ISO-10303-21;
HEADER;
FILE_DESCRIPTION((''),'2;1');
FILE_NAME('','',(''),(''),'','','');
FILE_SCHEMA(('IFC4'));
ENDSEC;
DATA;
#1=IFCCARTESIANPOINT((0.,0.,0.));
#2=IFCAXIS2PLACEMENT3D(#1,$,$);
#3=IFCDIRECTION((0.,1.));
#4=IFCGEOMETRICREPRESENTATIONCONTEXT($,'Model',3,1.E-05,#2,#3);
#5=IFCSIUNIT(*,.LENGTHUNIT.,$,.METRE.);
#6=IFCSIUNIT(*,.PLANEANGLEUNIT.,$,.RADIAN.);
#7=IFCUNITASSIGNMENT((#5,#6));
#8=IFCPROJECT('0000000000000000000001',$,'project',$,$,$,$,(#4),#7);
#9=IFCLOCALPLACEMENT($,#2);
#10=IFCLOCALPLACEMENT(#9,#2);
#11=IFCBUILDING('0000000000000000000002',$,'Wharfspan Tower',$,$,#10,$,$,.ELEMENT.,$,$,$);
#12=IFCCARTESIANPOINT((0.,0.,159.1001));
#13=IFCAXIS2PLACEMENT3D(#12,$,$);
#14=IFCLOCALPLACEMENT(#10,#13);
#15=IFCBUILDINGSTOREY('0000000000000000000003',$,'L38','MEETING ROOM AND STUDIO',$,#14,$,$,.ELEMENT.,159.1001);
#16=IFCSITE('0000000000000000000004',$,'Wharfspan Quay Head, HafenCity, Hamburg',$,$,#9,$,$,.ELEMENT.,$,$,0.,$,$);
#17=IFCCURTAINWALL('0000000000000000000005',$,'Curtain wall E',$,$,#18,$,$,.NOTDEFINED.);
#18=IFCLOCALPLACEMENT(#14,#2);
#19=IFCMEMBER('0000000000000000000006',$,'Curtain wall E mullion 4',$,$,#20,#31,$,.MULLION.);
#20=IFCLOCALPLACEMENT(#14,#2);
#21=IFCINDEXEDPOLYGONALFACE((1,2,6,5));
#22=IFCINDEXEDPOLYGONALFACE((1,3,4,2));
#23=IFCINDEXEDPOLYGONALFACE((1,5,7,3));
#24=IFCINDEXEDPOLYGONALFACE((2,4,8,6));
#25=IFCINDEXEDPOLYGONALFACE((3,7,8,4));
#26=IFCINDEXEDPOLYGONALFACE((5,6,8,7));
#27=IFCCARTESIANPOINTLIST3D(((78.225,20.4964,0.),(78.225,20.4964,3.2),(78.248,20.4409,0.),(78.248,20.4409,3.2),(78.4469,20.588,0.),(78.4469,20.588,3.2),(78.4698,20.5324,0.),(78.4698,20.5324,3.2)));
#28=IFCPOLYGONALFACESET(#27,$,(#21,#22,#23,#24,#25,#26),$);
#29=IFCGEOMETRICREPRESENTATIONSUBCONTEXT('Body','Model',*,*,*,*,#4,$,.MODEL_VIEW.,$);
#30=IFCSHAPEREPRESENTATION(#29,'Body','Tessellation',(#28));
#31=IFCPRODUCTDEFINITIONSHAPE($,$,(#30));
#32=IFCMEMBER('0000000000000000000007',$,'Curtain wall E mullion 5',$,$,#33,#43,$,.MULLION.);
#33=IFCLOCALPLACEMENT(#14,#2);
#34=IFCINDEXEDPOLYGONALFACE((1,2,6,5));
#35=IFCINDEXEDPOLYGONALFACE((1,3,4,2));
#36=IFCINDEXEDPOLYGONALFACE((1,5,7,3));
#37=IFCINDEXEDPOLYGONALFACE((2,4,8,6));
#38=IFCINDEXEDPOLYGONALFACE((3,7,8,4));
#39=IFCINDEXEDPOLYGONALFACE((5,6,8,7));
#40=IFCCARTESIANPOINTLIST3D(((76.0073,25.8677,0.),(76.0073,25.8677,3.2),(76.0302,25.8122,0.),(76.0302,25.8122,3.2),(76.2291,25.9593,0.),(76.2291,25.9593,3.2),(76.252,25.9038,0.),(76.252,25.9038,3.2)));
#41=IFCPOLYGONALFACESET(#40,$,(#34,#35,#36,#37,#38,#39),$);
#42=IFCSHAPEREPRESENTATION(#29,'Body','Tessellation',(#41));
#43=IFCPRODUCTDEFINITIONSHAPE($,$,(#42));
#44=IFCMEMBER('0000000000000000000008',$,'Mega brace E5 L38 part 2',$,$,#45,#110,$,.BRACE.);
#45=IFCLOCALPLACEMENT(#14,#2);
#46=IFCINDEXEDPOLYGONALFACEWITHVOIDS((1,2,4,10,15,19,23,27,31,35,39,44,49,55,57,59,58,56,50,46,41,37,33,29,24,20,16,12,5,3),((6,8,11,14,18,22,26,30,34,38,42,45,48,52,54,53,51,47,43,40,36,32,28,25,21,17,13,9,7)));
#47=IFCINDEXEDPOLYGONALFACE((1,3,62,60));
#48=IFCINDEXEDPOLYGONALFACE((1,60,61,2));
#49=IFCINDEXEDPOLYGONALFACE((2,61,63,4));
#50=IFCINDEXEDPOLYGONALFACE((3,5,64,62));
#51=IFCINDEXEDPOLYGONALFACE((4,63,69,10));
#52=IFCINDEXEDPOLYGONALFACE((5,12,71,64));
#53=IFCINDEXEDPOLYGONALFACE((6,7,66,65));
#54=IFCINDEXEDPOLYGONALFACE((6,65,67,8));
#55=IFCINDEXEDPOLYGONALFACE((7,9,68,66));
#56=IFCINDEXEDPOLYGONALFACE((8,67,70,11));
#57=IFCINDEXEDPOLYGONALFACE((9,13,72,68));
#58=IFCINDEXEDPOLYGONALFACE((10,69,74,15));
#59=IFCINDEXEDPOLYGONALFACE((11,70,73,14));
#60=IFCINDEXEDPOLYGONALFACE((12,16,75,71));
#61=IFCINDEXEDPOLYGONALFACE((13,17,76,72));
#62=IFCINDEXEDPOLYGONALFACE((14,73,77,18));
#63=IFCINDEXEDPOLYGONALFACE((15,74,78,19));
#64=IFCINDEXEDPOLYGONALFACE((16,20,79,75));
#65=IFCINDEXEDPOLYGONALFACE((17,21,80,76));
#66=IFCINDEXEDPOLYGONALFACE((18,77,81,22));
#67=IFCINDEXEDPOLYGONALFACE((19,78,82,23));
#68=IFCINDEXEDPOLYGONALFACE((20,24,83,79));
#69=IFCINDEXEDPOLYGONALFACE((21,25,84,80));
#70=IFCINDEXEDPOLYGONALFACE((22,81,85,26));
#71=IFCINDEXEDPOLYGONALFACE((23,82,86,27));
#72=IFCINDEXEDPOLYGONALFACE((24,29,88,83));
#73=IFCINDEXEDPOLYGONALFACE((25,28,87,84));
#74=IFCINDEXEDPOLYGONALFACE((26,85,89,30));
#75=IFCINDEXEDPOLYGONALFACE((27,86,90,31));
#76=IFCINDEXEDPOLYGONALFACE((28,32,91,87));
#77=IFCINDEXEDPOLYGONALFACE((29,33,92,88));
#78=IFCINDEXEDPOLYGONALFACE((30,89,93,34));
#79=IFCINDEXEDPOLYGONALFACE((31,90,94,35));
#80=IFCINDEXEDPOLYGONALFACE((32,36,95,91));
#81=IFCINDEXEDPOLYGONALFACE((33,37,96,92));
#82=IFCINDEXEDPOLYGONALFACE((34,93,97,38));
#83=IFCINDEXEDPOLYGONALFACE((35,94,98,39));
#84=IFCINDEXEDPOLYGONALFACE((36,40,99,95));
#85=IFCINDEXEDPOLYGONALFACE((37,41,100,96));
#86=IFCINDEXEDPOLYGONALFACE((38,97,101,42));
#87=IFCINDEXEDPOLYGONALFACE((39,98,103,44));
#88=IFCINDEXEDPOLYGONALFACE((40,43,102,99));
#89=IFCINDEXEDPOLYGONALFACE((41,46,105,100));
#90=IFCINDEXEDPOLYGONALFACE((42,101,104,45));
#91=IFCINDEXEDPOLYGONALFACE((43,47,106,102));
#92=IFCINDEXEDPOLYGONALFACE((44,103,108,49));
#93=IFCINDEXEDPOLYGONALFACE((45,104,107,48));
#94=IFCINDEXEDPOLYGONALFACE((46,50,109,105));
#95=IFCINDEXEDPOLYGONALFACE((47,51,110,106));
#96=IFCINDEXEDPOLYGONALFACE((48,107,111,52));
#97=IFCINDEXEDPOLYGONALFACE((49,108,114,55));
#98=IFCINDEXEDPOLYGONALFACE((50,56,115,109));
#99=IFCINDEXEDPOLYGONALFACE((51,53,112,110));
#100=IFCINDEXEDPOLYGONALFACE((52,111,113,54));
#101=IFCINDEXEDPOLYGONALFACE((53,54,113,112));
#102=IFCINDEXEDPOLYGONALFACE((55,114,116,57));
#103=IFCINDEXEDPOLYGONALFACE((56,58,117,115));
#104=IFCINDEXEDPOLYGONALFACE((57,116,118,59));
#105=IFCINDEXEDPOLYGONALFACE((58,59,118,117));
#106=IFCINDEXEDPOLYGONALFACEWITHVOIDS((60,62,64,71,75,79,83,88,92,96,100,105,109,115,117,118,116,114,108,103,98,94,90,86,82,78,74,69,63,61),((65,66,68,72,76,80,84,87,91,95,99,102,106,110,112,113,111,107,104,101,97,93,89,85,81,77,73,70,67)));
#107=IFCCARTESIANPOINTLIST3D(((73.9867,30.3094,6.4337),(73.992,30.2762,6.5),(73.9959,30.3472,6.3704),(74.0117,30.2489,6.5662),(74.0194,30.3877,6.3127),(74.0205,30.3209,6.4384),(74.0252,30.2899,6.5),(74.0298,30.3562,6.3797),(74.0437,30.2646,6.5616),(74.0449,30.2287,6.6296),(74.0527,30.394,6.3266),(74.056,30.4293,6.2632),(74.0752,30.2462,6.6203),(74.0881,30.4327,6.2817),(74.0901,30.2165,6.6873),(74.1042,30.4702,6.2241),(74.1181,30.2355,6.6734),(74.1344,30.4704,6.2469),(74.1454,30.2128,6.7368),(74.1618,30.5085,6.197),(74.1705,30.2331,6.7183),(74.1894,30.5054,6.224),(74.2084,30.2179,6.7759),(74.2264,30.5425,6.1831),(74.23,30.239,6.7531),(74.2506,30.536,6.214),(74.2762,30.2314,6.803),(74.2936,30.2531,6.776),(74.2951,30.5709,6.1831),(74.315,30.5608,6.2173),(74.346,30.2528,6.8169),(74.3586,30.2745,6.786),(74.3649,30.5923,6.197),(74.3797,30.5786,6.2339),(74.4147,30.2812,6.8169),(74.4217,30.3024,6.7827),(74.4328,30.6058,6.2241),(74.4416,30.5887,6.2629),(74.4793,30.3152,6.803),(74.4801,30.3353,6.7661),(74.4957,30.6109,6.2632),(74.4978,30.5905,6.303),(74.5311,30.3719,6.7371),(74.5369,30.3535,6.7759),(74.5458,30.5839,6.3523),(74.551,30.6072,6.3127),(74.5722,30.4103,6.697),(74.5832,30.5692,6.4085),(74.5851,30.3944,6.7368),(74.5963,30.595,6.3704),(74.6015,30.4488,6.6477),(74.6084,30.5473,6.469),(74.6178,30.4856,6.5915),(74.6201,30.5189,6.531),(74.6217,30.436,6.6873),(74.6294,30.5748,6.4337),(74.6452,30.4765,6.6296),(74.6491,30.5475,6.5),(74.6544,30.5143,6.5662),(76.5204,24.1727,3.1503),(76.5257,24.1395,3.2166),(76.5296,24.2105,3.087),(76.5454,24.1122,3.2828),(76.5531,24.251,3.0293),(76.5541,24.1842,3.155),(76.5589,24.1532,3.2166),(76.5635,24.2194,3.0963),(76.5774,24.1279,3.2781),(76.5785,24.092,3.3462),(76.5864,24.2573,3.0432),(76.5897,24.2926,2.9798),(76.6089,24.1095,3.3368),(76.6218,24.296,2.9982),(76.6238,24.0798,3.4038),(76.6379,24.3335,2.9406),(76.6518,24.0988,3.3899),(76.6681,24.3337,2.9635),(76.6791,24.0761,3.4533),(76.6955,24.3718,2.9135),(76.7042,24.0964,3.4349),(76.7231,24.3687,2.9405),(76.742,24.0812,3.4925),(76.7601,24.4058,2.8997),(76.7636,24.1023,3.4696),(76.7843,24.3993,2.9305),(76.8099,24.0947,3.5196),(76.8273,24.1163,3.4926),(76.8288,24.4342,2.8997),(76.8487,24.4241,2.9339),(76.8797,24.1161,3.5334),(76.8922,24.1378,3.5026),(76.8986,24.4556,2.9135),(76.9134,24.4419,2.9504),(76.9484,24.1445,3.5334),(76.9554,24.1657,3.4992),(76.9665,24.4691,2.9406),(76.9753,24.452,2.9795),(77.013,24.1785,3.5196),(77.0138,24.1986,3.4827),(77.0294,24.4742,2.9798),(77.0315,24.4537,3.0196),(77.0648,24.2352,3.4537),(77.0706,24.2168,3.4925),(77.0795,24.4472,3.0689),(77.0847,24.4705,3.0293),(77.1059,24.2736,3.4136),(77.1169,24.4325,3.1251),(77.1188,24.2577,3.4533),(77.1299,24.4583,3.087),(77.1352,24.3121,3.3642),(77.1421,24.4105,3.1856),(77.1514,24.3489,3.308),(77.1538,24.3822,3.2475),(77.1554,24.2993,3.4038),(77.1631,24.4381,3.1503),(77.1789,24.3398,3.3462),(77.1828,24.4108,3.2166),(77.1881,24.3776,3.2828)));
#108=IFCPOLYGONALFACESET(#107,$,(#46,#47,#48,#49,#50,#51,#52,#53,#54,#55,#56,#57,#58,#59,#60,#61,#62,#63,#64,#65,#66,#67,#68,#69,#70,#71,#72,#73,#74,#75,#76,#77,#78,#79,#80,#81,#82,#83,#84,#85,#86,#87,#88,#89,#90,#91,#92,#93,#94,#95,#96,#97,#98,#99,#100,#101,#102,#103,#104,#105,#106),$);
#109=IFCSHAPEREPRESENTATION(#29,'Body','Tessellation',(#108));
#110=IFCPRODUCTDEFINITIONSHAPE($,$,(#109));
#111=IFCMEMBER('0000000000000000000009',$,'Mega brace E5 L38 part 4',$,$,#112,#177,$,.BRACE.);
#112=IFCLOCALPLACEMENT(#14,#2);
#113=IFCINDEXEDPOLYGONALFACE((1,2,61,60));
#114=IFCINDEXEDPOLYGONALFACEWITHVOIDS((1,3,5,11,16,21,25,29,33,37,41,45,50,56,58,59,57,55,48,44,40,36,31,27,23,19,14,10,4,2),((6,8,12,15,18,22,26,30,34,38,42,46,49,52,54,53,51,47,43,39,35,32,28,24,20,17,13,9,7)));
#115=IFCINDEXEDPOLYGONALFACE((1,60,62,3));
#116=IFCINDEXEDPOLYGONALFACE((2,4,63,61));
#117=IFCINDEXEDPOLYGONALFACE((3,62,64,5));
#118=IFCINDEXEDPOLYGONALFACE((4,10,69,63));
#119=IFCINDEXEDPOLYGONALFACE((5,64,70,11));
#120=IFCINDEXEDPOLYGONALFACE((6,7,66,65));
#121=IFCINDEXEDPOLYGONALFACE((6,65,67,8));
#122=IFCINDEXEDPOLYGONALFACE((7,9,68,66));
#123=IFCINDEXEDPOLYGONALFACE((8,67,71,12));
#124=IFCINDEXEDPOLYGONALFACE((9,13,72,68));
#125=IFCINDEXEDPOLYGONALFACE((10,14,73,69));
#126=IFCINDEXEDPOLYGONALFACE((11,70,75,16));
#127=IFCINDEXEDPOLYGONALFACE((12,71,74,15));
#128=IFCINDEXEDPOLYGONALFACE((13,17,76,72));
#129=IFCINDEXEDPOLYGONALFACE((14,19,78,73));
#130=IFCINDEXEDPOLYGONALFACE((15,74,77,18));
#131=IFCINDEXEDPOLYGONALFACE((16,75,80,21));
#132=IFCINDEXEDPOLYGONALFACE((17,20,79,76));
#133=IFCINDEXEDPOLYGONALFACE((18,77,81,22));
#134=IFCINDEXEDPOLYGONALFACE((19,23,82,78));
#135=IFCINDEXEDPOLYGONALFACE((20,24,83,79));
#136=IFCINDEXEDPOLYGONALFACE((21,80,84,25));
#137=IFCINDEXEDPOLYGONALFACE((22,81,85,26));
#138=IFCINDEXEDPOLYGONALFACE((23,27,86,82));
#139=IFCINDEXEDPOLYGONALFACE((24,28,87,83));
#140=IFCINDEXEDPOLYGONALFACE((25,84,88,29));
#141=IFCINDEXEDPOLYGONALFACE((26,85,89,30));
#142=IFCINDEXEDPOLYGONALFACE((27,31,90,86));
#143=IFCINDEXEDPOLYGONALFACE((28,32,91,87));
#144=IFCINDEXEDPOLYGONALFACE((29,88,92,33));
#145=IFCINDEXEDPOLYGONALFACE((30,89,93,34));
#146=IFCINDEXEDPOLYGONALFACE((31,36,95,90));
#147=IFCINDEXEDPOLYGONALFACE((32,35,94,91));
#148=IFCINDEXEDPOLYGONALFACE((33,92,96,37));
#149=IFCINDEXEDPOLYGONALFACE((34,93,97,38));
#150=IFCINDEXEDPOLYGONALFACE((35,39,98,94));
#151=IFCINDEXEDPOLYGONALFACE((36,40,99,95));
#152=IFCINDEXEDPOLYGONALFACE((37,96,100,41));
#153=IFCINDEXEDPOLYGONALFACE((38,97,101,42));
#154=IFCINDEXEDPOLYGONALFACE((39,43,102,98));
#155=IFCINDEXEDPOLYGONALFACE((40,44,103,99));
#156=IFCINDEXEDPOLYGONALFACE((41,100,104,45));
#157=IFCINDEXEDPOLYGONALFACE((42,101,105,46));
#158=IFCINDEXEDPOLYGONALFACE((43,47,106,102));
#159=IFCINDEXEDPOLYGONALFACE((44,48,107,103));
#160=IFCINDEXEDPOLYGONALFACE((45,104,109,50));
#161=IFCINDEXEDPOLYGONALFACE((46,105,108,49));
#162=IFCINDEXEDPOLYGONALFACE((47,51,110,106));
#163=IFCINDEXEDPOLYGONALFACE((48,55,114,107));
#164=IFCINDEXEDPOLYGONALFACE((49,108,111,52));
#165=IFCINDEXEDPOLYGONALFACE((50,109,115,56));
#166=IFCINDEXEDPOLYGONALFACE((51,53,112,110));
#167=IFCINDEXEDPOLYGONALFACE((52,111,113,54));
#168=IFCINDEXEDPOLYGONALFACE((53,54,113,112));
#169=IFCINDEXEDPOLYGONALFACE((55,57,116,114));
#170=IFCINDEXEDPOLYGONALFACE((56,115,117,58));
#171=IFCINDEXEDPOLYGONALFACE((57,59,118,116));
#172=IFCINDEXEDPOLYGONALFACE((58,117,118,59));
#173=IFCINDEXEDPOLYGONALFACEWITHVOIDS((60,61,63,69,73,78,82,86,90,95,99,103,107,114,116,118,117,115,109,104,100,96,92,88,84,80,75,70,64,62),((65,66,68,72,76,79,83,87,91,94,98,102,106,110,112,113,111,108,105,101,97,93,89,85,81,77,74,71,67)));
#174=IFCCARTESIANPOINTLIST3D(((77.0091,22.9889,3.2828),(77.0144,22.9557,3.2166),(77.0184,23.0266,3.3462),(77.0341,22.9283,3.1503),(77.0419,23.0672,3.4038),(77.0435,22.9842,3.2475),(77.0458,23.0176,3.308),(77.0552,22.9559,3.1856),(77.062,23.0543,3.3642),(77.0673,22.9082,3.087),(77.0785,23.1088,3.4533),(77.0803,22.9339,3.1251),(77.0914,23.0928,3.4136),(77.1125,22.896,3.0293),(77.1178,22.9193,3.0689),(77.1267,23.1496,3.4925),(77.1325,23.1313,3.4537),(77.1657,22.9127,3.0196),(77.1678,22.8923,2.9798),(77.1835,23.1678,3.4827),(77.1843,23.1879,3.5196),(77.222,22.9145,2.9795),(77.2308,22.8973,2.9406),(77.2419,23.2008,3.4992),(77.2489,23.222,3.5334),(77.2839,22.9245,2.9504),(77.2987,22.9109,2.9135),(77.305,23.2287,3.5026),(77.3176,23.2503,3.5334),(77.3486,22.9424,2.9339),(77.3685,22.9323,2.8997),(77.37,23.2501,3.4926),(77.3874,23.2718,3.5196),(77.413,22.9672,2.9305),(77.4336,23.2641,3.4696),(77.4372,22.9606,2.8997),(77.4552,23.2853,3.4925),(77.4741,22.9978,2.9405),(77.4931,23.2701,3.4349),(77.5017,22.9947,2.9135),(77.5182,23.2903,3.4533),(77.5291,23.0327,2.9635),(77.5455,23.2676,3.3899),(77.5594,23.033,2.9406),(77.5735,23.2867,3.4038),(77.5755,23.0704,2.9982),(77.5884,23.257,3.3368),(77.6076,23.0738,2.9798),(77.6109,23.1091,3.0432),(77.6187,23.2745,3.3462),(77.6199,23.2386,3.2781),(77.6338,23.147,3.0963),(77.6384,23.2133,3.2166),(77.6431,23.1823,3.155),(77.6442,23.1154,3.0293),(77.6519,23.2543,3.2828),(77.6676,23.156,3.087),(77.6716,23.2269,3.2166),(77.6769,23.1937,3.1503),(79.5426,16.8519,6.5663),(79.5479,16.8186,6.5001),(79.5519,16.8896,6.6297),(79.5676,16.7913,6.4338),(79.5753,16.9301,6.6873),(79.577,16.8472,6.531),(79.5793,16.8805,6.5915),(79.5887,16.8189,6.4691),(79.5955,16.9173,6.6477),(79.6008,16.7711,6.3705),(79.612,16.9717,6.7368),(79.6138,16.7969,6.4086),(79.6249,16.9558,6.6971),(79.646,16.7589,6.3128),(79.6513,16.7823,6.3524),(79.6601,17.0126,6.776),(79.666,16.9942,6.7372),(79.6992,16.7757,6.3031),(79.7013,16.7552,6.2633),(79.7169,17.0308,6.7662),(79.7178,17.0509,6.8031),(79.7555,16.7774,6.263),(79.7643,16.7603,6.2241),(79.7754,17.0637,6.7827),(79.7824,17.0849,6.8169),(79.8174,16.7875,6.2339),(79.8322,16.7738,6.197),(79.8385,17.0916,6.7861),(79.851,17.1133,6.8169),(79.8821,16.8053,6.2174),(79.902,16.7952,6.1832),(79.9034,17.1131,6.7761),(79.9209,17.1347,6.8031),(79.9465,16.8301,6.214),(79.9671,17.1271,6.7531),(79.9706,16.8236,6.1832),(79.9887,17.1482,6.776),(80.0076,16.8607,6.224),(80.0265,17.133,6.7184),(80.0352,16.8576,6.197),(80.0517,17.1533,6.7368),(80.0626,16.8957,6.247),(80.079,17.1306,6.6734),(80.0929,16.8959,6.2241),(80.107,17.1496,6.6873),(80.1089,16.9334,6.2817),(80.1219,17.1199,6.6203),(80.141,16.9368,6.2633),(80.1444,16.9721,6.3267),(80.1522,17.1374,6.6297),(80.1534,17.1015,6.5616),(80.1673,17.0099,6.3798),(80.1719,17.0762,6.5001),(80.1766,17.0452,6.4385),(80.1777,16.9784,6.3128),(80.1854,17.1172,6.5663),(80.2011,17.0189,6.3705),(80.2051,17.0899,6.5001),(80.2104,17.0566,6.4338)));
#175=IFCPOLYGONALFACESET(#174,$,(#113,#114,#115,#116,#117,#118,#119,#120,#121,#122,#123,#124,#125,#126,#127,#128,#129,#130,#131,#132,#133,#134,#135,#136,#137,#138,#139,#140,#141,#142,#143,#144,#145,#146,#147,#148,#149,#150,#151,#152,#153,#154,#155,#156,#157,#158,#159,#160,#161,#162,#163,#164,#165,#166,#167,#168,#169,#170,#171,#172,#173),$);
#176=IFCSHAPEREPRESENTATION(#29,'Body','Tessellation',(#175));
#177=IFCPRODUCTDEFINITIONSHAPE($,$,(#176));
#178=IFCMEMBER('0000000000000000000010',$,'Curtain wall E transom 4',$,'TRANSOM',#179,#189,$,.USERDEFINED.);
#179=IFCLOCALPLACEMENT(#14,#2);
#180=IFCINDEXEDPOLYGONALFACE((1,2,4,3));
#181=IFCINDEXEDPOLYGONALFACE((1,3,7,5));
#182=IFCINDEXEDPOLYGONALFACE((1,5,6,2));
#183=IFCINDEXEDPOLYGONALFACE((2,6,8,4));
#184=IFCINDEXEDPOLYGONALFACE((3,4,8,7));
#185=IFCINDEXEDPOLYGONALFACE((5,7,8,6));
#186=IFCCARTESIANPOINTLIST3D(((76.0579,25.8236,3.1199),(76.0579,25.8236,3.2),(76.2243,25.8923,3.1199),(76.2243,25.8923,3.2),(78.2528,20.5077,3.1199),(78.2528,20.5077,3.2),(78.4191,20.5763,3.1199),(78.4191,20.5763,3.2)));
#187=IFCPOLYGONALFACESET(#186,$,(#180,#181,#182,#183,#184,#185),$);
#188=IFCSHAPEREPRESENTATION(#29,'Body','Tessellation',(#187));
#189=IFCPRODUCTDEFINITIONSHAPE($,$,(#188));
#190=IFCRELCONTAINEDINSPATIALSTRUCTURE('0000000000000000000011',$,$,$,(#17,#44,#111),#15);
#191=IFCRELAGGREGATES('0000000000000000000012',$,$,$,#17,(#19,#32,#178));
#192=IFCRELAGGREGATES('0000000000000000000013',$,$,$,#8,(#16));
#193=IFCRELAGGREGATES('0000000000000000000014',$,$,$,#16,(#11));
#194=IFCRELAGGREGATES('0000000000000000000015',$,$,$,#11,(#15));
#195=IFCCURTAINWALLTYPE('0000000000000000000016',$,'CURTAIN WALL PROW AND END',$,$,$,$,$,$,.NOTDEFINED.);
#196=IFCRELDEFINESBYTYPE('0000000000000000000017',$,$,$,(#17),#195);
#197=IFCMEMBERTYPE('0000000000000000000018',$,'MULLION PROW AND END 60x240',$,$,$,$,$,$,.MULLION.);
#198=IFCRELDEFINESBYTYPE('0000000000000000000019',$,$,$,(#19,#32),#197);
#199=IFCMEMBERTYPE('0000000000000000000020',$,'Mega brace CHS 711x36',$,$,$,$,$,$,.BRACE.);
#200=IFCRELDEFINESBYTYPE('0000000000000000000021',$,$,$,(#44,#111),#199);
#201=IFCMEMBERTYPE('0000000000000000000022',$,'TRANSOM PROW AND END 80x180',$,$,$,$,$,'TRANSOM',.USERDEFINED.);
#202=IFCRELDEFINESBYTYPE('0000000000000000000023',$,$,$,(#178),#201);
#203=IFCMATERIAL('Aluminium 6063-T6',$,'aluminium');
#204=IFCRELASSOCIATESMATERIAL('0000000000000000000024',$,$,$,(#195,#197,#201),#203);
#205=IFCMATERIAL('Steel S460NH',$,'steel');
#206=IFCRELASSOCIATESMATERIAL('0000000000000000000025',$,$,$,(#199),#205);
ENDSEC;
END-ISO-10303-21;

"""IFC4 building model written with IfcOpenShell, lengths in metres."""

from ifc_helpers import new_model, si_unit, direction, frame, origin, origin_2d, place, context, subcontext, project, spatial, rectangle, hollow_circle, extrude, material, material_profile, profile_set, type_object, element, aggregate, save


model = new_model("IFC4")

# Units and contexts
model_context = context("Model", 3, precision=1e-05, world=origin(), true_north=direction((0.0, 1.0)))
body_context = subcontext(model_context, "Body", "Model", "MODEL_VIEW")
ifc_project = project(units=[si_unit("LENGTHUNIT", "METRE"), si_unit("PLANEANGLEUNIT", "RADIAN")], contexts=[model_context])

# Site, building, storey
site_placement = place(None, origin())
site = spatial("IfcSite", under=ifc_project, at=site_placement, Name="Wharfspan Quay Head, HafenCity, Hamburg", CompositionType="ELEMENT", RefElevation=0.0)
building_placement = place(site_placement, origin())
building = spatial("IfcBuilding", under=site, at=building_placement, Name="Wharfspan Tower", CompositionType="ELEMENT")
storey_placement = place(building_placement, frame((0.0, 0.0, 159.1001)))
storey = spatial("IfcBuildingStorey", under=building, at=storey_placement, Name="L38", Description="MEETING ROOM AND STUDIO", CompositionType="ELEMENT", Elevation=159.1001)

# Curtain wall, members
ifc_material_1 = material(Name="Aluminium 6063-T6", Category="aluminium")
curtain_wall_type = type_object("IfcCurtainWallType", Name="CURTAIN WALL PROW AND END", PredefinedType="NOTDEFINED", material=ifc_material_1)
curtain_wall_placement = place(storey_placement, origin())
curtain_wall = element("IfcCurtainWall", 1, at=curtain_wall_placement, inside=storey, type_object=curtain_wall_type, Name="Curtain wall E", PredefinedType="NOTDEFINED")
ifc_material_profile_1 = material_profile(ifc_material_1, rectangle(XDim=0.24, YDim=0.0601, at=origin_2d()))
ifc_profile_set_1 = profile_set([ifc_material_profile_1], Name="Aluminium 6063-T6")
member_type_1 = type_object("IfcMemberType", Name="MULLION PROW AND END 60x240", PredefinedType="MULLION", material=ifc_profile_set_1)
member_1_placement = place(storey_placement, frame((78.3474, 20.5144, 0.0), z_axis=(0.0, 0.0, 1.0), x_axis=(-0.924325, -0.381602, 0.0)))
member_1 = element("IfcMember", 2, at=member_1_placement, type_object=member_type_1, Name="Curtain wall E mullion 4", PredefinedType="MULLION", context=body_context, shape_type="SweptSolid", body=[
    extrude(rectangle(XDim=0.24, YDim=0.0601, at=origin_2d()), origin(), (0.0, 0.0, 1.0), 3.2),
])
member_2_placement = place(storey_placement, frame((76.1296, 25.8857, 0.0), z_axis=(0.0, 0.0, 1.0), x_axis=(-0.924325, -0.381602, 0.0)))
member_2 = element("IfcMember", 3, at=member_2_placement, type_object=member_type_1, Name="Curtain wall E mullion 5", PredefinedType="MULLION", context=body_context, shape_type="SweptSolid", body=[
    extrude(rectangle(XDim=0.24, YDim=0.0601, at=origin_2d()), origin(), (0.0, 0.0, 1.0), 3.2),
])

# Members
ifc_material_2 = material(Name="Steel S460NH", Category="steel")
ifc_material_profile_2 = material_profile(ifc_material_2, hollow_circle(Radius=0.3555, WallThickness=0.0359, at=origin_2d()))
ifc_profile_set_2 = profile_set([ifc_material_profile_2], Name="Steel S460NH")
member_type_2 = type_object("IfcMemberType", Name="Mega brace CHS 711x36", PredefinedType="BRACE", material=ifc_profile_set_2)
member_3_placement = place(storey_placement, frame((76.8542, 24.2751, 3.2166), z_axis=(-0.342079, 0.828531, 0.443305), x_axis=(-0.924316, -0.381624, -0.000004)))
element("IfcMember", 4, at=member_3_placement, inside=storey, type_object=member_type_2, Name="Mega brace E5 L38 part 2", PredefinedType="BRACE", context=body_context, shape_type="SweptSolid", body=[
    extrude(hollow_circle(Radius=0.3555, WallThickness=0.0359, at=origin_2d()), origin(), (0.0, 0.0, 1.0), 7.4067),
])
member_4_placement = place(storey_placement, frame((77.343, 23.0913, 3.2166), z_axis=(0.34204, -0.82855, 0.443298), x_axis=(0.924336, 0.38158, -0.000004)))
element("IfcMember", 5, at=member_4_placement, inside=storey, type_object=member_type_2, Name="Mega brace E5 L38 part 4", PredefinedType="BRACE", context=body_context, shape_type="SweptSolid", body=[
    extrude(hollow_circle(Radius=0.3555, WallThickness=0.0359, at=origin_2d()), origin(), (0.0, 0.0, 1.0), 7.407),
])

# Member
ifc_material_profile_3 = material_profile(ifc_material_1, rectangle(XDim=0.1799, YDim=0.0801, at=origin_2d()))
ifc_profile_set_3 = profile_set([ifc_material_profile_3], Name="Aluminium 6063-T6")
member_type_3 = type_object("IfcMemberType", Name="TRANSOM PROW AND END 80x180", ElementType="TRANSOM", PredefinedType="USERDEFINED", material=ifc_profile_set_3)
member_5_placement = place(storey_placement, frame((78.3359, 20.542, 3.1599), z_axis=(-0.381629, 0.924315, 0.0), x_axis=(-0.924315, -0.381629, 0.0)))
member_5 = element("IfcMember", 6, at=member_5_placement, type_object=member_type_3, Name="Curtain wall E transom 4", ObjectType="TRANSOM", PredefinedType="USERDEFINED", context=body_context, shape_type="SweptSolid", body=[
    extrude(rectangle(XDim=0.1799, YDim=0.0801, at=origin_2d()), origin(), (0.0, 0.0, 1.0), 5.7512),
])

aggregate(curtain_wall, [member_1, member_2, member_5])

save(model, "model.ifc")
